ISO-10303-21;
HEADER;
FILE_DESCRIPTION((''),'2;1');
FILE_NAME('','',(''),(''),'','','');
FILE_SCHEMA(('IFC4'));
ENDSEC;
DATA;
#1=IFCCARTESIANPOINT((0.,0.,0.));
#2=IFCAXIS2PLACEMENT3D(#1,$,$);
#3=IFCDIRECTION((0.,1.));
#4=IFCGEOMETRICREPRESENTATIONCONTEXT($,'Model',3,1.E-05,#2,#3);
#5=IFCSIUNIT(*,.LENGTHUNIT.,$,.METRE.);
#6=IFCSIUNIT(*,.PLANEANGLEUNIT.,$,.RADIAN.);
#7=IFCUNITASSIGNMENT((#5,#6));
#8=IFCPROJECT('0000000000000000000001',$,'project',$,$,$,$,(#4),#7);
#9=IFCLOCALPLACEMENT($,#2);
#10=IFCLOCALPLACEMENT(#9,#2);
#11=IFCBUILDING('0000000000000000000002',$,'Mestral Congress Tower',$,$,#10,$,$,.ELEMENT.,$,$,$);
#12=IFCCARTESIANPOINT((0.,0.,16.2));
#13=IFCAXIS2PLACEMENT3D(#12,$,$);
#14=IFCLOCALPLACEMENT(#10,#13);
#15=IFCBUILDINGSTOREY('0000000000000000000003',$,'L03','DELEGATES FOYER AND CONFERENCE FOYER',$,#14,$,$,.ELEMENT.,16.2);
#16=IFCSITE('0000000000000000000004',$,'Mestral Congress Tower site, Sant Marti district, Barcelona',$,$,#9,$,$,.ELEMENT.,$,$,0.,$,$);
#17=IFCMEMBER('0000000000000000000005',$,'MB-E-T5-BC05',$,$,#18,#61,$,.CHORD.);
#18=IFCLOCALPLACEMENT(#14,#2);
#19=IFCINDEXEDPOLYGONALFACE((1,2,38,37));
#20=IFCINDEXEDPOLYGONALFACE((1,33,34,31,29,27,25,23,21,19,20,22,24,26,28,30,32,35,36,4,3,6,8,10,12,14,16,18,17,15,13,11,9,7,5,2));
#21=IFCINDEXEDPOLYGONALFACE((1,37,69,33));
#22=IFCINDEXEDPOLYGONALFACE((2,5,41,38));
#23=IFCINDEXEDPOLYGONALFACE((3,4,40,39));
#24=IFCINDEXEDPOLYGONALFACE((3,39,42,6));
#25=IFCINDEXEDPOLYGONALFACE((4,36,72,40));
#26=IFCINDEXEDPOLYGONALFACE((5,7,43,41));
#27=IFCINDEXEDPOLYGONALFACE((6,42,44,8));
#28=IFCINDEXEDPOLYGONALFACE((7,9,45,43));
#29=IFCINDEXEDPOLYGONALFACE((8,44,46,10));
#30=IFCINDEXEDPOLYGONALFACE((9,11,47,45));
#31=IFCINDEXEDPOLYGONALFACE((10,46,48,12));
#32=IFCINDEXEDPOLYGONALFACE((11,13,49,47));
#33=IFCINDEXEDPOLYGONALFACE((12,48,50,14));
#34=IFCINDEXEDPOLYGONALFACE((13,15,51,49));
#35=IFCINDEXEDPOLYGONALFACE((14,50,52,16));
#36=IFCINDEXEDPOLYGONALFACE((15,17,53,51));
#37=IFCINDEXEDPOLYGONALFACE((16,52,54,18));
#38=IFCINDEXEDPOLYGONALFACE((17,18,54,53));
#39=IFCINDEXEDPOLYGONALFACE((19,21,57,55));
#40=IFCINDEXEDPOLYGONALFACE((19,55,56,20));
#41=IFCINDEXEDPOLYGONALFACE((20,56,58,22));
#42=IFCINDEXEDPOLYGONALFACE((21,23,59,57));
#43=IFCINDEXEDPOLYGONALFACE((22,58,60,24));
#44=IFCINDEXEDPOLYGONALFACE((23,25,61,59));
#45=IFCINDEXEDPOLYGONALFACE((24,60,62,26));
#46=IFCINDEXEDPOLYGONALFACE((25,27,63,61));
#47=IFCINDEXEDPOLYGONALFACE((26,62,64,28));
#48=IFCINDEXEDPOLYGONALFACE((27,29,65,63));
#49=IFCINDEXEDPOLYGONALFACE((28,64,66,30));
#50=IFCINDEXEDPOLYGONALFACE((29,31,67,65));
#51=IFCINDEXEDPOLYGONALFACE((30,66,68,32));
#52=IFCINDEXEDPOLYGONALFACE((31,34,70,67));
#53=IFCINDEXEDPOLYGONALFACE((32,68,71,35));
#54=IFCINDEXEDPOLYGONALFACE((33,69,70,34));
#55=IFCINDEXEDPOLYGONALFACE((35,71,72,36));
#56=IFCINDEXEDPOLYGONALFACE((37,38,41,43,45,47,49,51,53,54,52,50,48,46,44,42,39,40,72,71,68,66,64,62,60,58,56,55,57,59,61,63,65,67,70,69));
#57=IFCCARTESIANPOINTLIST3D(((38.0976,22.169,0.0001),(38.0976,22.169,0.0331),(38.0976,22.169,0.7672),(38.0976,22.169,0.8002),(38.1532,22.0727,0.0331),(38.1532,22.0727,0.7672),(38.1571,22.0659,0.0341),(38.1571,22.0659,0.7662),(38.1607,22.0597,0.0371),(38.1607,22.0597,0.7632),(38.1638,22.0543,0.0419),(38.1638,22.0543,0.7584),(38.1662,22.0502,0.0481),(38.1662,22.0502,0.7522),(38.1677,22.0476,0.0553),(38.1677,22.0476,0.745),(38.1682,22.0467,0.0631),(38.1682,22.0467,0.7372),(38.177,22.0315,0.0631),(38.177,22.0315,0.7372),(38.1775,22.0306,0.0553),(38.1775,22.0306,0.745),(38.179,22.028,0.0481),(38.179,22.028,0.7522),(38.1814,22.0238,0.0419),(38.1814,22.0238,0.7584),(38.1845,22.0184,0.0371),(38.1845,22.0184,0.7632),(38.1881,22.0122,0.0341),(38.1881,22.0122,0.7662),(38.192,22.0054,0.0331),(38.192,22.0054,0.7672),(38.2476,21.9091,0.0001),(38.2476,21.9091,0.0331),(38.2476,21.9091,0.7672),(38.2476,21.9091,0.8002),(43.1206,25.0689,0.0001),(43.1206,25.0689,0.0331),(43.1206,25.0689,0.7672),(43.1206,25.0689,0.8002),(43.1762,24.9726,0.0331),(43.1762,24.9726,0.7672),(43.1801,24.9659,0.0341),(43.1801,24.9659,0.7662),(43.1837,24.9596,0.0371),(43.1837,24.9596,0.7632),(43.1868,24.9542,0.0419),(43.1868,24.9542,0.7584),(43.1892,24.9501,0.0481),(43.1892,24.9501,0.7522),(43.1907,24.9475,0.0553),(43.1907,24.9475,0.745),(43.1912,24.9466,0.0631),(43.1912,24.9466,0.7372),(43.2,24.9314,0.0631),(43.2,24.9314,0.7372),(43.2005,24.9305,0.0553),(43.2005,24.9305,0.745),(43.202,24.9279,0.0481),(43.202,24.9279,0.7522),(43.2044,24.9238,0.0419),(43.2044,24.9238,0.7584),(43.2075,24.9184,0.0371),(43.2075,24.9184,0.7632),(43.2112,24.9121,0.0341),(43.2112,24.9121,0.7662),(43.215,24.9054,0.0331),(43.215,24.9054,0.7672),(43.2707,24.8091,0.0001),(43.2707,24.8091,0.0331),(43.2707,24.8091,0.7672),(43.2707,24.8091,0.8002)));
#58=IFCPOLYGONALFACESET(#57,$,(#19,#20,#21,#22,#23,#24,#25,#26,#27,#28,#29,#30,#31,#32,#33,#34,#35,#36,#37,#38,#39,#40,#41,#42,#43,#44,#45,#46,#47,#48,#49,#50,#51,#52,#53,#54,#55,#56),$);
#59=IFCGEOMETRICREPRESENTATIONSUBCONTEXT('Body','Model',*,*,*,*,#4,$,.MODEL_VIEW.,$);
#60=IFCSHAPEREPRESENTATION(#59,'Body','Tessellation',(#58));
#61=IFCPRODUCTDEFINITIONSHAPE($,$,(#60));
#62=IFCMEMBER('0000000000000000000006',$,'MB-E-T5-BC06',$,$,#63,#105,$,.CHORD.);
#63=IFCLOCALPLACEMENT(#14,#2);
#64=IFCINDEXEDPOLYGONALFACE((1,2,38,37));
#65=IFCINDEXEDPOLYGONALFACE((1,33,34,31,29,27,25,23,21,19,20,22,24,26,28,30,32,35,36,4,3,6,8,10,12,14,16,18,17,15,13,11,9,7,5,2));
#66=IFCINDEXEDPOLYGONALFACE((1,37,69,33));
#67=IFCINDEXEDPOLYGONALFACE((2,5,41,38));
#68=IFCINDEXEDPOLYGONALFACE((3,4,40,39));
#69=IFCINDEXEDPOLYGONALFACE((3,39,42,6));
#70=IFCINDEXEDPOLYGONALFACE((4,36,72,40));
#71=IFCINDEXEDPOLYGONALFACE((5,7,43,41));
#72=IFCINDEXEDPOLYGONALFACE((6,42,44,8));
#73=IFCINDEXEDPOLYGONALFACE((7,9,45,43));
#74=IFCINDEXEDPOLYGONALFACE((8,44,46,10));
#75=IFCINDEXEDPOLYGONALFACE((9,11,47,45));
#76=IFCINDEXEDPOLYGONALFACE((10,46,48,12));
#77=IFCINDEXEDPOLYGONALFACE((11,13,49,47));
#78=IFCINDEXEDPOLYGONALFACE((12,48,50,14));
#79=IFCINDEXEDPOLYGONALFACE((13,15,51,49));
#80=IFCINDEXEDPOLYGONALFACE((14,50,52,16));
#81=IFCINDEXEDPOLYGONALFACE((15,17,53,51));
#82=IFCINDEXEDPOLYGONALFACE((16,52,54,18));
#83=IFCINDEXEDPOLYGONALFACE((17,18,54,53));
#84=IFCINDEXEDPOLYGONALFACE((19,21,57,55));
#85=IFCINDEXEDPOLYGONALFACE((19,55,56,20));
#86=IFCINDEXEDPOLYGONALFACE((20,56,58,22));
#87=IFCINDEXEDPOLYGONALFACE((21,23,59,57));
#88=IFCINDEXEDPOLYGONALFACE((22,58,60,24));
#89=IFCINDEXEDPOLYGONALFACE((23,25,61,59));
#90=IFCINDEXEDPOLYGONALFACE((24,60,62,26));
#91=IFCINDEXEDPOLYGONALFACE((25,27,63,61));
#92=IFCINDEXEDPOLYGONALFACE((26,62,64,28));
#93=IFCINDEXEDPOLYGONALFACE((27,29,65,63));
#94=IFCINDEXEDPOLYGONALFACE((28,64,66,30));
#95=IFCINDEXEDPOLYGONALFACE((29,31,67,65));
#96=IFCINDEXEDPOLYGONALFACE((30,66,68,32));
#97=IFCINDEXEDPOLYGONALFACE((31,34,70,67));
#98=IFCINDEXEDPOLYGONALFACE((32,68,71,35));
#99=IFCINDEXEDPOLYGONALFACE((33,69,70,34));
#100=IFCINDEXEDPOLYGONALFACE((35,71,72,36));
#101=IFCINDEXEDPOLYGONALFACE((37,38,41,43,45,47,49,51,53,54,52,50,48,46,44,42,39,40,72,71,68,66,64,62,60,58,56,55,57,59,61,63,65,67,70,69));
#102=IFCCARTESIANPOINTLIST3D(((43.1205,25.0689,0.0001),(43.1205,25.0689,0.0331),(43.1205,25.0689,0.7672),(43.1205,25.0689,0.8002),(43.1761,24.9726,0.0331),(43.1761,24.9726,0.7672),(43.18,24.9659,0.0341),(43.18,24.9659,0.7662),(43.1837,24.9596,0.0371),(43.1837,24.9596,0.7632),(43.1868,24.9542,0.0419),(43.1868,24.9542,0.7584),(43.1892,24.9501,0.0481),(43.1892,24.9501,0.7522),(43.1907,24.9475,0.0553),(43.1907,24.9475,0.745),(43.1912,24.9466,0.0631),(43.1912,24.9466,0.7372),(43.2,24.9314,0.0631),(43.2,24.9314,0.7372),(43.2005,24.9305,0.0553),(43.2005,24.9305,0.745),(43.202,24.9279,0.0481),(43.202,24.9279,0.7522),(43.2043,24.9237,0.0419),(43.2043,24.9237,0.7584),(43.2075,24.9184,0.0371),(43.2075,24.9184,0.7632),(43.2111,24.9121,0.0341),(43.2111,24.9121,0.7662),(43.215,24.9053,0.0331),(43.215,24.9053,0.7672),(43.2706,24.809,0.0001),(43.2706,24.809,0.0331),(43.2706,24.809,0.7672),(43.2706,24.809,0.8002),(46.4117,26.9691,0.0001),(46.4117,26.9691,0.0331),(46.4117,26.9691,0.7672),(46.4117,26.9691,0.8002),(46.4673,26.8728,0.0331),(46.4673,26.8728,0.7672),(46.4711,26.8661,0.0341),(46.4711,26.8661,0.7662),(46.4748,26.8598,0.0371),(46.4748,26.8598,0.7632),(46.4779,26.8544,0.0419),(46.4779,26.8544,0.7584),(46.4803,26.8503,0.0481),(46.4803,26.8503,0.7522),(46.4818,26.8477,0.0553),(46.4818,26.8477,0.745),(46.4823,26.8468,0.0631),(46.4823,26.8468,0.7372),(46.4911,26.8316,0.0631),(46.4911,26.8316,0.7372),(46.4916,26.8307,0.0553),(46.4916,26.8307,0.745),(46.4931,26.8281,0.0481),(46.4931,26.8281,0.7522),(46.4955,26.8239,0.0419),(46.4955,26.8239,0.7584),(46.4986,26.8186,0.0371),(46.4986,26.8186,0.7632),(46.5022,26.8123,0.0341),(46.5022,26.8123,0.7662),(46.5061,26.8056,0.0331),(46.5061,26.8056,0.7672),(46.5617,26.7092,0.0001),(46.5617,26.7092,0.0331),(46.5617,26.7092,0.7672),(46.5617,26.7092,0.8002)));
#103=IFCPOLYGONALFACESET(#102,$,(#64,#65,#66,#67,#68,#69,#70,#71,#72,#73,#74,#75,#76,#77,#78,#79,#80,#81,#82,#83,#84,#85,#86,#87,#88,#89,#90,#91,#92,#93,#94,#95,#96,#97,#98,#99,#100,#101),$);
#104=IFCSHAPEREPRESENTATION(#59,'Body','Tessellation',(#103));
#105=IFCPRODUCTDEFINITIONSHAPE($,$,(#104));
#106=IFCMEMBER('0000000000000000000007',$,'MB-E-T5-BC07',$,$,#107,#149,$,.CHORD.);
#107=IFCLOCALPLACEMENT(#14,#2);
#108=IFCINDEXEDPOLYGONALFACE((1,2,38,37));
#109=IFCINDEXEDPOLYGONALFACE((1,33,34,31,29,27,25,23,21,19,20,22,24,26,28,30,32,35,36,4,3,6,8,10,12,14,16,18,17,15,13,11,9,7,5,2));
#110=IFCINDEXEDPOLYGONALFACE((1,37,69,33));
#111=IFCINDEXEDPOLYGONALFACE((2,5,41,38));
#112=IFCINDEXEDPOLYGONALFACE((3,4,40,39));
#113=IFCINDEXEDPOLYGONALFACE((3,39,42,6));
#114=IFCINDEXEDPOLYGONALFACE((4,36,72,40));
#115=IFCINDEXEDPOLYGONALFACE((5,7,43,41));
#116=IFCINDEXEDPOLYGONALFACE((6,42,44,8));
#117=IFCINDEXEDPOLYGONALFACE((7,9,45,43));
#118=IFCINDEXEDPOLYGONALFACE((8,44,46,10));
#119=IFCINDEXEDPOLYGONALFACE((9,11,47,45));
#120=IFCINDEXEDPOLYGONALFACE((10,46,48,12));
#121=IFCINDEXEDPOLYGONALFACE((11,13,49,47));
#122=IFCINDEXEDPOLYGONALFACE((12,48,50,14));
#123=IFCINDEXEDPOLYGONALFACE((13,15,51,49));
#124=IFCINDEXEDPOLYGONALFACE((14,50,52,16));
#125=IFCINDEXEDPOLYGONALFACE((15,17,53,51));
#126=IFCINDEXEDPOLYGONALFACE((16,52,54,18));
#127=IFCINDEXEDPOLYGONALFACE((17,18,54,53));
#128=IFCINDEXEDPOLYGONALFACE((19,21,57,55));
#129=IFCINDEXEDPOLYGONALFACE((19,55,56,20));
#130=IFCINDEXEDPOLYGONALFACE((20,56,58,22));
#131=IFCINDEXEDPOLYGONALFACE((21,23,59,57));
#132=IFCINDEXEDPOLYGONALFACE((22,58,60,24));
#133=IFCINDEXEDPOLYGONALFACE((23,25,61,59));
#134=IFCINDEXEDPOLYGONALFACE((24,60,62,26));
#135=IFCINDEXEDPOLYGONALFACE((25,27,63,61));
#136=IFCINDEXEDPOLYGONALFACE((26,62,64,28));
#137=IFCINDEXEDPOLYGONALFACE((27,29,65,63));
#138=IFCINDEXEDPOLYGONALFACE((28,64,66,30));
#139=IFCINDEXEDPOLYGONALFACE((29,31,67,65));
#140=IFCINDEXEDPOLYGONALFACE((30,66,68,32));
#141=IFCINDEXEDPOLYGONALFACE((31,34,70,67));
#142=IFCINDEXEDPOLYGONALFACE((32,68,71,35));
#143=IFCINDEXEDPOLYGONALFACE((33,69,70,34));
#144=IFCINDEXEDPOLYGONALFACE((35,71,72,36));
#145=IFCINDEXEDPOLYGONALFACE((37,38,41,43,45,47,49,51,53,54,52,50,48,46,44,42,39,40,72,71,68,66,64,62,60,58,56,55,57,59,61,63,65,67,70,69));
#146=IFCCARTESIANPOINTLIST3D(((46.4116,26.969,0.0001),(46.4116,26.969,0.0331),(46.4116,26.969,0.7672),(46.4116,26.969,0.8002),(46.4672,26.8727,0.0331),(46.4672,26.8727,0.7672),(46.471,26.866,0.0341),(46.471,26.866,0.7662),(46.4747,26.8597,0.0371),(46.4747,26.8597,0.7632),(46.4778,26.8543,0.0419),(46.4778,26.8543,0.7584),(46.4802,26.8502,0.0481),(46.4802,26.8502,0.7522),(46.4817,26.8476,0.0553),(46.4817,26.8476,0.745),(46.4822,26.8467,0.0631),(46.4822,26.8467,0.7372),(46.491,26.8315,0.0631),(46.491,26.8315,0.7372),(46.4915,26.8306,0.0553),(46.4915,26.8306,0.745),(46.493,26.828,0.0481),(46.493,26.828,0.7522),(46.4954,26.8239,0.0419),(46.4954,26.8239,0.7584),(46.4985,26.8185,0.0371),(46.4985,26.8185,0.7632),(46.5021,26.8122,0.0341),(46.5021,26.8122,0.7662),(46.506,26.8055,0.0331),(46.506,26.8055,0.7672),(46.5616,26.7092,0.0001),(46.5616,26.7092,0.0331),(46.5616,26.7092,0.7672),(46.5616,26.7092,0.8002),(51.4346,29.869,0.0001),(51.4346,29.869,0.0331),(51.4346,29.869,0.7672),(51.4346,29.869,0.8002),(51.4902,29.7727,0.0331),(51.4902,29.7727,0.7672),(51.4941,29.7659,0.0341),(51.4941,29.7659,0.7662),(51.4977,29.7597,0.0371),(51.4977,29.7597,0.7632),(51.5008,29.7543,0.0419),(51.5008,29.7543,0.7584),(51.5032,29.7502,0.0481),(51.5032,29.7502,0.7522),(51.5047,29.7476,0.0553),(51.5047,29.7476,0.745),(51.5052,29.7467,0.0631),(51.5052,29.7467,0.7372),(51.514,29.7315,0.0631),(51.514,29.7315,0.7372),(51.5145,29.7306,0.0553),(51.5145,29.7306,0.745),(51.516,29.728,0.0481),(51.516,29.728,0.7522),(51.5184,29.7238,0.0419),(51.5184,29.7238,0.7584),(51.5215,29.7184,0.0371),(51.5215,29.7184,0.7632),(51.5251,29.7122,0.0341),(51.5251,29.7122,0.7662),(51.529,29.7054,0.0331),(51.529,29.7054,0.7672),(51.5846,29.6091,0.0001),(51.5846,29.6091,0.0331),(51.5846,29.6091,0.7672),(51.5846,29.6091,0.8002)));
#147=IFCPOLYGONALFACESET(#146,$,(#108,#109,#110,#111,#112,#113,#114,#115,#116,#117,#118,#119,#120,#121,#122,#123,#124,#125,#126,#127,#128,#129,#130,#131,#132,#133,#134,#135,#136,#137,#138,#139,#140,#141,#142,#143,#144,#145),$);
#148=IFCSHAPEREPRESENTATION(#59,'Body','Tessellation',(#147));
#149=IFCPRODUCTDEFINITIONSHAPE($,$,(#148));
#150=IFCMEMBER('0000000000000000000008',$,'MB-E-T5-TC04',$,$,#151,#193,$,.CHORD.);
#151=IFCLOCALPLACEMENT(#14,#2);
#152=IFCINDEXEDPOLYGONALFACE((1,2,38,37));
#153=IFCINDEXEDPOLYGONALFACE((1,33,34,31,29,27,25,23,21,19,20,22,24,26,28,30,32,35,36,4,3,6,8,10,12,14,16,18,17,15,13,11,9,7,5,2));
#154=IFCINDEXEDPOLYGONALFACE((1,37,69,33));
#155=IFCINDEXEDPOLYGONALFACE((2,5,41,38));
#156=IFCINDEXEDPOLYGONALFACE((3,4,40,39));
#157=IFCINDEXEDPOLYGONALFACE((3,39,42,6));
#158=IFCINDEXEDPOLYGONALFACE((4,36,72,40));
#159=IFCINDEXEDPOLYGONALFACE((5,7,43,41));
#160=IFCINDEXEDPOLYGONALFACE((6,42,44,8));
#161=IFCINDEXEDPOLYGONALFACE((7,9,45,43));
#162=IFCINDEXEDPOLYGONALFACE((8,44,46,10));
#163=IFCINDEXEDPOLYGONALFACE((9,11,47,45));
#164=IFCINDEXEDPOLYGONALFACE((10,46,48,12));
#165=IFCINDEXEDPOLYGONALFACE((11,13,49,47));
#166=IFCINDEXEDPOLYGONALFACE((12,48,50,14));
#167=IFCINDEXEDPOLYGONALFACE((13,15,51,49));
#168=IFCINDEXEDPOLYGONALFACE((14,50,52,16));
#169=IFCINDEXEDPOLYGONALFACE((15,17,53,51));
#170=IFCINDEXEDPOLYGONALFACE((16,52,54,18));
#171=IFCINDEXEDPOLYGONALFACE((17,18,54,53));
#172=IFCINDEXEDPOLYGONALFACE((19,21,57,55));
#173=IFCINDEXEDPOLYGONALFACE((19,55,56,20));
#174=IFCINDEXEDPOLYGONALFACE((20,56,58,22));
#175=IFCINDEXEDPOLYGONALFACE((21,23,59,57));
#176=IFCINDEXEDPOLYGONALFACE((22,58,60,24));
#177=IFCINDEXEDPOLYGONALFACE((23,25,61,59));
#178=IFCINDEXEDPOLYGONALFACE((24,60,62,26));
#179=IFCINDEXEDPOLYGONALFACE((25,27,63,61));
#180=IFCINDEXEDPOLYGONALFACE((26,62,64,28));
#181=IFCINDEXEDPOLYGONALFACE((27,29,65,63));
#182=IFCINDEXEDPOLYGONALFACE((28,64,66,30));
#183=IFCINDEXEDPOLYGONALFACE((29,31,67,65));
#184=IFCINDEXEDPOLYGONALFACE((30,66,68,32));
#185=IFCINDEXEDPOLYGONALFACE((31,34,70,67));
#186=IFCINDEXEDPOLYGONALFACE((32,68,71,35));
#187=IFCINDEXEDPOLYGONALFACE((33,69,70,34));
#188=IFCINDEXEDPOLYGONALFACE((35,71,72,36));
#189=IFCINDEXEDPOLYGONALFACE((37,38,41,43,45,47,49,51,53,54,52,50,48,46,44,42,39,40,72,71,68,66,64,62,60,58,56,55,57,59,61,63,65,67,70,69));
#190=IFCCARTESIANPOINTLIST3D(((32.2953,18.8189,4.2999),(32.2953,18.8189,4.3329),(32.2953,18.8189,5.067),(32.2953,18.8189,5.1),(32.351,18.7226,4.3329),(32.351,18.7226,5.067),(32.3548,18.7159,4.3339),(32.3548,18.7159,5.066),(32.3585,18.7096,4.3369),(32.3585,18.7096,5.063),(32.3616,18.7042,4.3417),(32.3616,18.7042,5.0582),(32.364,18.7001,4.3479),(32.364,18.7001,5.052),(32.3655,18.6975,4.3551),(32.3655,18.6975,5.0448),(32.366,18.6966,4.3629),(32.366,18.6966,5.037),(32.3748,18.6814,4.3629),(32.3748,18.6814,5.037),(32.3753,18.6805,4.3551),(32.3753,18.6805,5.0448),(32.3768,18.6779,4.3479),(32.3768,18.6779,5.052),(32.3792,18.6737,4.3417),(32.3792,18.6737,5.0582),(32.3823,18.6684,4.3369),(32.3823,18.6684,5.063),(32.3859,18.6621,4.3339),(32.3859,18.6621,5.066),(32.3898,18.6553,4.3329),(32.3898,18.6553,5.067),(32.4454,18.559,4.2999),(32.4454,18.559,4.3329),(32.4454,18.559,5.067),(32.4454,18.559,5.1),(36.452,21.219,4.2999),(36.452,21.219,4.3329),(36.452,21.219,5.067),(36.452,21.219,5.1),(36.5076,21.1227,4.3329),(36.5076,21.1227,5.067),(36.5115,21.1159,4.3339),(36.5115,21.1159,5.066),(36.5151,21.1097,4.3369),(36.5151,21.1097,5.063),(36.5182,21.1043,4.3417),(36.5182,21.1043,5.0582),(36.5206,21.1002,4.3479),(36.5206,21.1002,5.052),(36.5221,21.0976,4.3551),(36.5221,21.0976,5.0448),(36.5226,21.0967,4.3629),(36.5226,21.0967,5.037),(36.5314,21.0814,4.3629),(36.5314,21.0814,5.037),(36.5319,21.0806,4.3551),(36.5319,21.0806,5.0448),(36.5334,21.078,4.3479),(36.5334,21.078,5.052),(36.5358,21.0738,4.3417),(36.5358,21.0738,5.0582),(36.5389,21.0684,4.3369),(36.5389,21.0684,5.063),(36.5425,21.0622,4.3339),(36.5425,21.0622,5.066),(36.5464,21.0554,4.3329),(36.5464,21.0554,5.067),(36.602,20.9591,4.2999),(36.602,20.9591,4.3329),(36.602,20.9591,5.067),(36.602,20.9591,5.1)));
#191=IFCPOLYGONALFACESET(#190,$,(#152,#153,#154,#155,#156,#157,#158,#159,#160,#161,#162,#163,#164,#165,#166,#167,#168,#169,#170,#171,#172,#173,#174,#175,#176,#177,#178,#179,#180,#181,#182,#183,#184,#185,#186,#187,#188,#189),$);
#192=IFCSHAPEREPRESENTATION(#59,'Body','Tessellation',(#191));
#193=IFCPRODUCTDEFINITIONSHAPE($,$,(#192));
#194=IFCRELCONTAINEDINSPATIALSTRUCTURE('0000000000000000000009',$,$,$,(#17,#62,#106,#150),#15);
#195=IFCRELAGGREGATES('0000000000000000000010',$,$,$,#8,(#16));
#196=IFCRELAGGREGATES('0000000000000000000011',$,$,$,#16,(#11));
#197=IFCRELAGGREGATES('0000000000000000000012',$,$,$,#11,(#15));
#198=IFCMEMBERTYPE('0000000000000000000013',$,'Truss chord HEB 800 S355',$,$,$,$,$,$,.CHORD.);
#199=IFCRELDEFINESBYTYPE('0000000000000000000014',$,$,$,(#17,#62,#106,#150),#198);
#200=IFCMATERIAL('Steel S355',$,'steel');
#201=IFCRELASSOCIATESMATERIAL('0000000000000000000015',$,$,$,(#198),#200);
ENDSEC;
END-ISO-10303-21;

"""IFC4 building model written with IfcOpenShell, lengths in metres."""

from ifc_helpers import new_model, si_unit, direction, frame, origin, origin_2d, place, context, subcontext, project, spatial, i_section, extrude, material, material_profile, profile_set, type_object, element, save


model = new_model("IFC4")

# Units and contexts
model_context = context("Model", 3, precision=1e-05, world=origin(), true_north=direction((0.0, 1.0)))
body_context = subcontext(model_context, "Body", "Model", "MODEL_VIEW")
ifc_project = project(units=[si_unit("LENGTHUNIT", "METRE"), si_unit("PLANEANGLEUNIT", "RADIAN")], contexts=[model_context])

# Site, building, storey
site_placement = place(None, origin())
site = spatial("IfcSite", under=ifc_project, at=site_placement, Name="Mestral Congress Tower site, Sant Marti district, Barcelona", CompositionType="ELEMENT", RefElevation=0.0)
building_placement = place(site_placement, origin())
building = spatial("IfcBuilding", under=site, at=building_placement, Name="Mestral Congress Tower", CompositionType="ELEMENT")
storey_placement = place(building_placement, frame((0.0, 0.0, 16.2)))
storey = spatial("IfcBuildingStorey", under=building, at=storey_placement, Name="L03", Description="DELEGATES FOYER AND CONFERENCE FOYER", CompositionType="ELEMENT", Elevation=16.2)

# Members
ifc_material = material(Name="Steel S355", Category="steel")
ifc_material_profile_1 = material_profile(ifc_material, i_section(OverallWidth=0.3, OverallDepth=0.8, WebThickness=0.0176, FlangeThickness=0.033, FilletRadius=0.03, at=origin_2d()), Name="HEB 800")
ifc_profile_set_1 = profile_set([ifc_material_profile_1], Name="Steel S355")
member_type_1 = type_object("IfcMemberType", Name="Truss chord HEB 800 S355", PredefinedType="CHORD", material=ifc_profile_set_1)
member_1_placement = place(storey_placement, frame((38.1726, 22.0391, 0.4001), z_axis=(0.866033, 0.499987, 0.0), x_axis=(-0.499987, 0.866033, 0.0)))
element("IfcMember", 1, at=member_1_placement, inside=storey, type_object=member_type_1, Name="MB-E-T5-BC05", PredefinedType="CHORD", context=body_context, shape_type="SweptSolid", body=[
    extrude(i_section(OverallWidth=0.3, OverallDepth=0.8, WebThickness=0.0176, FlangeThickness=0.033, FilletRadius=0.03, at=origin_2d()), origin(), (0.0, 0.0, 1.0), 5.8),
])
member_2_placement = place(storey_placement, frame((43.1956, 24.939, 0.4001), z_axis=(0.866017, 0.500015, 0.0), x_axis=(-0.500015, 0.866017, 0.0)))
element("IfcMember", 2, at=member_2_placement, inside=storey, type_object=member_type_1, Name="MB-E-T5-BC06", PredefinedType="CHORD", context=body_context, shape_type="SweptSolid", body=[
    extrude(i_section(OverallWidth=0.3, OverallDepth=0.8, WebThickness=0.0176, FlangeThickness=0.033, FilletRadius=0.03, at=origin_2d()), origin(), (0.0, 0.0, 1.0), 3.8003),
])
member_3_placement = place(storey_placement, frame((46.4866, 26.8391, 0.4001), z_axis=(0.866033, 0.499987, 0.0), x_axis=(-0.499987, 0.866033, 0.0)))
element("IfcMember", 3, at=member_3_placement, inside=storey, type_object=member_type_1, Name="MB-E-T5-BC07", PredefinedType="CHORD", context=body_context, shape_type="SweptSolid", body=[
    extrude(i_section(OverallWidth=0.3, OverallDepth=0.8, WebThickness=0.0176, FlangeThickness=0.033, FilletRadius=0.03, at=origin_2d()), origin(), (0.0, 0.0, 1.0), 5.8),
])
member_4_placement = place(storey_placement, frame((32.3704, 18.689, 4.7), z_axis=(0.866003, 0.500039, 0.0), x_axis=(-0.500039, 0.866003, 0.0)))
element("IfcMember", 4, at=member_4_placement, inside=storey, type_object=member_type_1, Name="MB-E-T5-TC04", PredefinedType="CHORD", context=body_context, shape_type="SweptSolid", body=[
    extrude(i_section(OverallWidth=0.3, OverallDepth=0.8, WebThickness=0.0176, FlangeThickness=0.033, FilletRadius=0.03, at=origin_2d()), origin(), (0.0, 0.0, 1.0), 4.7998),
])

save(model, "model.ifc")
